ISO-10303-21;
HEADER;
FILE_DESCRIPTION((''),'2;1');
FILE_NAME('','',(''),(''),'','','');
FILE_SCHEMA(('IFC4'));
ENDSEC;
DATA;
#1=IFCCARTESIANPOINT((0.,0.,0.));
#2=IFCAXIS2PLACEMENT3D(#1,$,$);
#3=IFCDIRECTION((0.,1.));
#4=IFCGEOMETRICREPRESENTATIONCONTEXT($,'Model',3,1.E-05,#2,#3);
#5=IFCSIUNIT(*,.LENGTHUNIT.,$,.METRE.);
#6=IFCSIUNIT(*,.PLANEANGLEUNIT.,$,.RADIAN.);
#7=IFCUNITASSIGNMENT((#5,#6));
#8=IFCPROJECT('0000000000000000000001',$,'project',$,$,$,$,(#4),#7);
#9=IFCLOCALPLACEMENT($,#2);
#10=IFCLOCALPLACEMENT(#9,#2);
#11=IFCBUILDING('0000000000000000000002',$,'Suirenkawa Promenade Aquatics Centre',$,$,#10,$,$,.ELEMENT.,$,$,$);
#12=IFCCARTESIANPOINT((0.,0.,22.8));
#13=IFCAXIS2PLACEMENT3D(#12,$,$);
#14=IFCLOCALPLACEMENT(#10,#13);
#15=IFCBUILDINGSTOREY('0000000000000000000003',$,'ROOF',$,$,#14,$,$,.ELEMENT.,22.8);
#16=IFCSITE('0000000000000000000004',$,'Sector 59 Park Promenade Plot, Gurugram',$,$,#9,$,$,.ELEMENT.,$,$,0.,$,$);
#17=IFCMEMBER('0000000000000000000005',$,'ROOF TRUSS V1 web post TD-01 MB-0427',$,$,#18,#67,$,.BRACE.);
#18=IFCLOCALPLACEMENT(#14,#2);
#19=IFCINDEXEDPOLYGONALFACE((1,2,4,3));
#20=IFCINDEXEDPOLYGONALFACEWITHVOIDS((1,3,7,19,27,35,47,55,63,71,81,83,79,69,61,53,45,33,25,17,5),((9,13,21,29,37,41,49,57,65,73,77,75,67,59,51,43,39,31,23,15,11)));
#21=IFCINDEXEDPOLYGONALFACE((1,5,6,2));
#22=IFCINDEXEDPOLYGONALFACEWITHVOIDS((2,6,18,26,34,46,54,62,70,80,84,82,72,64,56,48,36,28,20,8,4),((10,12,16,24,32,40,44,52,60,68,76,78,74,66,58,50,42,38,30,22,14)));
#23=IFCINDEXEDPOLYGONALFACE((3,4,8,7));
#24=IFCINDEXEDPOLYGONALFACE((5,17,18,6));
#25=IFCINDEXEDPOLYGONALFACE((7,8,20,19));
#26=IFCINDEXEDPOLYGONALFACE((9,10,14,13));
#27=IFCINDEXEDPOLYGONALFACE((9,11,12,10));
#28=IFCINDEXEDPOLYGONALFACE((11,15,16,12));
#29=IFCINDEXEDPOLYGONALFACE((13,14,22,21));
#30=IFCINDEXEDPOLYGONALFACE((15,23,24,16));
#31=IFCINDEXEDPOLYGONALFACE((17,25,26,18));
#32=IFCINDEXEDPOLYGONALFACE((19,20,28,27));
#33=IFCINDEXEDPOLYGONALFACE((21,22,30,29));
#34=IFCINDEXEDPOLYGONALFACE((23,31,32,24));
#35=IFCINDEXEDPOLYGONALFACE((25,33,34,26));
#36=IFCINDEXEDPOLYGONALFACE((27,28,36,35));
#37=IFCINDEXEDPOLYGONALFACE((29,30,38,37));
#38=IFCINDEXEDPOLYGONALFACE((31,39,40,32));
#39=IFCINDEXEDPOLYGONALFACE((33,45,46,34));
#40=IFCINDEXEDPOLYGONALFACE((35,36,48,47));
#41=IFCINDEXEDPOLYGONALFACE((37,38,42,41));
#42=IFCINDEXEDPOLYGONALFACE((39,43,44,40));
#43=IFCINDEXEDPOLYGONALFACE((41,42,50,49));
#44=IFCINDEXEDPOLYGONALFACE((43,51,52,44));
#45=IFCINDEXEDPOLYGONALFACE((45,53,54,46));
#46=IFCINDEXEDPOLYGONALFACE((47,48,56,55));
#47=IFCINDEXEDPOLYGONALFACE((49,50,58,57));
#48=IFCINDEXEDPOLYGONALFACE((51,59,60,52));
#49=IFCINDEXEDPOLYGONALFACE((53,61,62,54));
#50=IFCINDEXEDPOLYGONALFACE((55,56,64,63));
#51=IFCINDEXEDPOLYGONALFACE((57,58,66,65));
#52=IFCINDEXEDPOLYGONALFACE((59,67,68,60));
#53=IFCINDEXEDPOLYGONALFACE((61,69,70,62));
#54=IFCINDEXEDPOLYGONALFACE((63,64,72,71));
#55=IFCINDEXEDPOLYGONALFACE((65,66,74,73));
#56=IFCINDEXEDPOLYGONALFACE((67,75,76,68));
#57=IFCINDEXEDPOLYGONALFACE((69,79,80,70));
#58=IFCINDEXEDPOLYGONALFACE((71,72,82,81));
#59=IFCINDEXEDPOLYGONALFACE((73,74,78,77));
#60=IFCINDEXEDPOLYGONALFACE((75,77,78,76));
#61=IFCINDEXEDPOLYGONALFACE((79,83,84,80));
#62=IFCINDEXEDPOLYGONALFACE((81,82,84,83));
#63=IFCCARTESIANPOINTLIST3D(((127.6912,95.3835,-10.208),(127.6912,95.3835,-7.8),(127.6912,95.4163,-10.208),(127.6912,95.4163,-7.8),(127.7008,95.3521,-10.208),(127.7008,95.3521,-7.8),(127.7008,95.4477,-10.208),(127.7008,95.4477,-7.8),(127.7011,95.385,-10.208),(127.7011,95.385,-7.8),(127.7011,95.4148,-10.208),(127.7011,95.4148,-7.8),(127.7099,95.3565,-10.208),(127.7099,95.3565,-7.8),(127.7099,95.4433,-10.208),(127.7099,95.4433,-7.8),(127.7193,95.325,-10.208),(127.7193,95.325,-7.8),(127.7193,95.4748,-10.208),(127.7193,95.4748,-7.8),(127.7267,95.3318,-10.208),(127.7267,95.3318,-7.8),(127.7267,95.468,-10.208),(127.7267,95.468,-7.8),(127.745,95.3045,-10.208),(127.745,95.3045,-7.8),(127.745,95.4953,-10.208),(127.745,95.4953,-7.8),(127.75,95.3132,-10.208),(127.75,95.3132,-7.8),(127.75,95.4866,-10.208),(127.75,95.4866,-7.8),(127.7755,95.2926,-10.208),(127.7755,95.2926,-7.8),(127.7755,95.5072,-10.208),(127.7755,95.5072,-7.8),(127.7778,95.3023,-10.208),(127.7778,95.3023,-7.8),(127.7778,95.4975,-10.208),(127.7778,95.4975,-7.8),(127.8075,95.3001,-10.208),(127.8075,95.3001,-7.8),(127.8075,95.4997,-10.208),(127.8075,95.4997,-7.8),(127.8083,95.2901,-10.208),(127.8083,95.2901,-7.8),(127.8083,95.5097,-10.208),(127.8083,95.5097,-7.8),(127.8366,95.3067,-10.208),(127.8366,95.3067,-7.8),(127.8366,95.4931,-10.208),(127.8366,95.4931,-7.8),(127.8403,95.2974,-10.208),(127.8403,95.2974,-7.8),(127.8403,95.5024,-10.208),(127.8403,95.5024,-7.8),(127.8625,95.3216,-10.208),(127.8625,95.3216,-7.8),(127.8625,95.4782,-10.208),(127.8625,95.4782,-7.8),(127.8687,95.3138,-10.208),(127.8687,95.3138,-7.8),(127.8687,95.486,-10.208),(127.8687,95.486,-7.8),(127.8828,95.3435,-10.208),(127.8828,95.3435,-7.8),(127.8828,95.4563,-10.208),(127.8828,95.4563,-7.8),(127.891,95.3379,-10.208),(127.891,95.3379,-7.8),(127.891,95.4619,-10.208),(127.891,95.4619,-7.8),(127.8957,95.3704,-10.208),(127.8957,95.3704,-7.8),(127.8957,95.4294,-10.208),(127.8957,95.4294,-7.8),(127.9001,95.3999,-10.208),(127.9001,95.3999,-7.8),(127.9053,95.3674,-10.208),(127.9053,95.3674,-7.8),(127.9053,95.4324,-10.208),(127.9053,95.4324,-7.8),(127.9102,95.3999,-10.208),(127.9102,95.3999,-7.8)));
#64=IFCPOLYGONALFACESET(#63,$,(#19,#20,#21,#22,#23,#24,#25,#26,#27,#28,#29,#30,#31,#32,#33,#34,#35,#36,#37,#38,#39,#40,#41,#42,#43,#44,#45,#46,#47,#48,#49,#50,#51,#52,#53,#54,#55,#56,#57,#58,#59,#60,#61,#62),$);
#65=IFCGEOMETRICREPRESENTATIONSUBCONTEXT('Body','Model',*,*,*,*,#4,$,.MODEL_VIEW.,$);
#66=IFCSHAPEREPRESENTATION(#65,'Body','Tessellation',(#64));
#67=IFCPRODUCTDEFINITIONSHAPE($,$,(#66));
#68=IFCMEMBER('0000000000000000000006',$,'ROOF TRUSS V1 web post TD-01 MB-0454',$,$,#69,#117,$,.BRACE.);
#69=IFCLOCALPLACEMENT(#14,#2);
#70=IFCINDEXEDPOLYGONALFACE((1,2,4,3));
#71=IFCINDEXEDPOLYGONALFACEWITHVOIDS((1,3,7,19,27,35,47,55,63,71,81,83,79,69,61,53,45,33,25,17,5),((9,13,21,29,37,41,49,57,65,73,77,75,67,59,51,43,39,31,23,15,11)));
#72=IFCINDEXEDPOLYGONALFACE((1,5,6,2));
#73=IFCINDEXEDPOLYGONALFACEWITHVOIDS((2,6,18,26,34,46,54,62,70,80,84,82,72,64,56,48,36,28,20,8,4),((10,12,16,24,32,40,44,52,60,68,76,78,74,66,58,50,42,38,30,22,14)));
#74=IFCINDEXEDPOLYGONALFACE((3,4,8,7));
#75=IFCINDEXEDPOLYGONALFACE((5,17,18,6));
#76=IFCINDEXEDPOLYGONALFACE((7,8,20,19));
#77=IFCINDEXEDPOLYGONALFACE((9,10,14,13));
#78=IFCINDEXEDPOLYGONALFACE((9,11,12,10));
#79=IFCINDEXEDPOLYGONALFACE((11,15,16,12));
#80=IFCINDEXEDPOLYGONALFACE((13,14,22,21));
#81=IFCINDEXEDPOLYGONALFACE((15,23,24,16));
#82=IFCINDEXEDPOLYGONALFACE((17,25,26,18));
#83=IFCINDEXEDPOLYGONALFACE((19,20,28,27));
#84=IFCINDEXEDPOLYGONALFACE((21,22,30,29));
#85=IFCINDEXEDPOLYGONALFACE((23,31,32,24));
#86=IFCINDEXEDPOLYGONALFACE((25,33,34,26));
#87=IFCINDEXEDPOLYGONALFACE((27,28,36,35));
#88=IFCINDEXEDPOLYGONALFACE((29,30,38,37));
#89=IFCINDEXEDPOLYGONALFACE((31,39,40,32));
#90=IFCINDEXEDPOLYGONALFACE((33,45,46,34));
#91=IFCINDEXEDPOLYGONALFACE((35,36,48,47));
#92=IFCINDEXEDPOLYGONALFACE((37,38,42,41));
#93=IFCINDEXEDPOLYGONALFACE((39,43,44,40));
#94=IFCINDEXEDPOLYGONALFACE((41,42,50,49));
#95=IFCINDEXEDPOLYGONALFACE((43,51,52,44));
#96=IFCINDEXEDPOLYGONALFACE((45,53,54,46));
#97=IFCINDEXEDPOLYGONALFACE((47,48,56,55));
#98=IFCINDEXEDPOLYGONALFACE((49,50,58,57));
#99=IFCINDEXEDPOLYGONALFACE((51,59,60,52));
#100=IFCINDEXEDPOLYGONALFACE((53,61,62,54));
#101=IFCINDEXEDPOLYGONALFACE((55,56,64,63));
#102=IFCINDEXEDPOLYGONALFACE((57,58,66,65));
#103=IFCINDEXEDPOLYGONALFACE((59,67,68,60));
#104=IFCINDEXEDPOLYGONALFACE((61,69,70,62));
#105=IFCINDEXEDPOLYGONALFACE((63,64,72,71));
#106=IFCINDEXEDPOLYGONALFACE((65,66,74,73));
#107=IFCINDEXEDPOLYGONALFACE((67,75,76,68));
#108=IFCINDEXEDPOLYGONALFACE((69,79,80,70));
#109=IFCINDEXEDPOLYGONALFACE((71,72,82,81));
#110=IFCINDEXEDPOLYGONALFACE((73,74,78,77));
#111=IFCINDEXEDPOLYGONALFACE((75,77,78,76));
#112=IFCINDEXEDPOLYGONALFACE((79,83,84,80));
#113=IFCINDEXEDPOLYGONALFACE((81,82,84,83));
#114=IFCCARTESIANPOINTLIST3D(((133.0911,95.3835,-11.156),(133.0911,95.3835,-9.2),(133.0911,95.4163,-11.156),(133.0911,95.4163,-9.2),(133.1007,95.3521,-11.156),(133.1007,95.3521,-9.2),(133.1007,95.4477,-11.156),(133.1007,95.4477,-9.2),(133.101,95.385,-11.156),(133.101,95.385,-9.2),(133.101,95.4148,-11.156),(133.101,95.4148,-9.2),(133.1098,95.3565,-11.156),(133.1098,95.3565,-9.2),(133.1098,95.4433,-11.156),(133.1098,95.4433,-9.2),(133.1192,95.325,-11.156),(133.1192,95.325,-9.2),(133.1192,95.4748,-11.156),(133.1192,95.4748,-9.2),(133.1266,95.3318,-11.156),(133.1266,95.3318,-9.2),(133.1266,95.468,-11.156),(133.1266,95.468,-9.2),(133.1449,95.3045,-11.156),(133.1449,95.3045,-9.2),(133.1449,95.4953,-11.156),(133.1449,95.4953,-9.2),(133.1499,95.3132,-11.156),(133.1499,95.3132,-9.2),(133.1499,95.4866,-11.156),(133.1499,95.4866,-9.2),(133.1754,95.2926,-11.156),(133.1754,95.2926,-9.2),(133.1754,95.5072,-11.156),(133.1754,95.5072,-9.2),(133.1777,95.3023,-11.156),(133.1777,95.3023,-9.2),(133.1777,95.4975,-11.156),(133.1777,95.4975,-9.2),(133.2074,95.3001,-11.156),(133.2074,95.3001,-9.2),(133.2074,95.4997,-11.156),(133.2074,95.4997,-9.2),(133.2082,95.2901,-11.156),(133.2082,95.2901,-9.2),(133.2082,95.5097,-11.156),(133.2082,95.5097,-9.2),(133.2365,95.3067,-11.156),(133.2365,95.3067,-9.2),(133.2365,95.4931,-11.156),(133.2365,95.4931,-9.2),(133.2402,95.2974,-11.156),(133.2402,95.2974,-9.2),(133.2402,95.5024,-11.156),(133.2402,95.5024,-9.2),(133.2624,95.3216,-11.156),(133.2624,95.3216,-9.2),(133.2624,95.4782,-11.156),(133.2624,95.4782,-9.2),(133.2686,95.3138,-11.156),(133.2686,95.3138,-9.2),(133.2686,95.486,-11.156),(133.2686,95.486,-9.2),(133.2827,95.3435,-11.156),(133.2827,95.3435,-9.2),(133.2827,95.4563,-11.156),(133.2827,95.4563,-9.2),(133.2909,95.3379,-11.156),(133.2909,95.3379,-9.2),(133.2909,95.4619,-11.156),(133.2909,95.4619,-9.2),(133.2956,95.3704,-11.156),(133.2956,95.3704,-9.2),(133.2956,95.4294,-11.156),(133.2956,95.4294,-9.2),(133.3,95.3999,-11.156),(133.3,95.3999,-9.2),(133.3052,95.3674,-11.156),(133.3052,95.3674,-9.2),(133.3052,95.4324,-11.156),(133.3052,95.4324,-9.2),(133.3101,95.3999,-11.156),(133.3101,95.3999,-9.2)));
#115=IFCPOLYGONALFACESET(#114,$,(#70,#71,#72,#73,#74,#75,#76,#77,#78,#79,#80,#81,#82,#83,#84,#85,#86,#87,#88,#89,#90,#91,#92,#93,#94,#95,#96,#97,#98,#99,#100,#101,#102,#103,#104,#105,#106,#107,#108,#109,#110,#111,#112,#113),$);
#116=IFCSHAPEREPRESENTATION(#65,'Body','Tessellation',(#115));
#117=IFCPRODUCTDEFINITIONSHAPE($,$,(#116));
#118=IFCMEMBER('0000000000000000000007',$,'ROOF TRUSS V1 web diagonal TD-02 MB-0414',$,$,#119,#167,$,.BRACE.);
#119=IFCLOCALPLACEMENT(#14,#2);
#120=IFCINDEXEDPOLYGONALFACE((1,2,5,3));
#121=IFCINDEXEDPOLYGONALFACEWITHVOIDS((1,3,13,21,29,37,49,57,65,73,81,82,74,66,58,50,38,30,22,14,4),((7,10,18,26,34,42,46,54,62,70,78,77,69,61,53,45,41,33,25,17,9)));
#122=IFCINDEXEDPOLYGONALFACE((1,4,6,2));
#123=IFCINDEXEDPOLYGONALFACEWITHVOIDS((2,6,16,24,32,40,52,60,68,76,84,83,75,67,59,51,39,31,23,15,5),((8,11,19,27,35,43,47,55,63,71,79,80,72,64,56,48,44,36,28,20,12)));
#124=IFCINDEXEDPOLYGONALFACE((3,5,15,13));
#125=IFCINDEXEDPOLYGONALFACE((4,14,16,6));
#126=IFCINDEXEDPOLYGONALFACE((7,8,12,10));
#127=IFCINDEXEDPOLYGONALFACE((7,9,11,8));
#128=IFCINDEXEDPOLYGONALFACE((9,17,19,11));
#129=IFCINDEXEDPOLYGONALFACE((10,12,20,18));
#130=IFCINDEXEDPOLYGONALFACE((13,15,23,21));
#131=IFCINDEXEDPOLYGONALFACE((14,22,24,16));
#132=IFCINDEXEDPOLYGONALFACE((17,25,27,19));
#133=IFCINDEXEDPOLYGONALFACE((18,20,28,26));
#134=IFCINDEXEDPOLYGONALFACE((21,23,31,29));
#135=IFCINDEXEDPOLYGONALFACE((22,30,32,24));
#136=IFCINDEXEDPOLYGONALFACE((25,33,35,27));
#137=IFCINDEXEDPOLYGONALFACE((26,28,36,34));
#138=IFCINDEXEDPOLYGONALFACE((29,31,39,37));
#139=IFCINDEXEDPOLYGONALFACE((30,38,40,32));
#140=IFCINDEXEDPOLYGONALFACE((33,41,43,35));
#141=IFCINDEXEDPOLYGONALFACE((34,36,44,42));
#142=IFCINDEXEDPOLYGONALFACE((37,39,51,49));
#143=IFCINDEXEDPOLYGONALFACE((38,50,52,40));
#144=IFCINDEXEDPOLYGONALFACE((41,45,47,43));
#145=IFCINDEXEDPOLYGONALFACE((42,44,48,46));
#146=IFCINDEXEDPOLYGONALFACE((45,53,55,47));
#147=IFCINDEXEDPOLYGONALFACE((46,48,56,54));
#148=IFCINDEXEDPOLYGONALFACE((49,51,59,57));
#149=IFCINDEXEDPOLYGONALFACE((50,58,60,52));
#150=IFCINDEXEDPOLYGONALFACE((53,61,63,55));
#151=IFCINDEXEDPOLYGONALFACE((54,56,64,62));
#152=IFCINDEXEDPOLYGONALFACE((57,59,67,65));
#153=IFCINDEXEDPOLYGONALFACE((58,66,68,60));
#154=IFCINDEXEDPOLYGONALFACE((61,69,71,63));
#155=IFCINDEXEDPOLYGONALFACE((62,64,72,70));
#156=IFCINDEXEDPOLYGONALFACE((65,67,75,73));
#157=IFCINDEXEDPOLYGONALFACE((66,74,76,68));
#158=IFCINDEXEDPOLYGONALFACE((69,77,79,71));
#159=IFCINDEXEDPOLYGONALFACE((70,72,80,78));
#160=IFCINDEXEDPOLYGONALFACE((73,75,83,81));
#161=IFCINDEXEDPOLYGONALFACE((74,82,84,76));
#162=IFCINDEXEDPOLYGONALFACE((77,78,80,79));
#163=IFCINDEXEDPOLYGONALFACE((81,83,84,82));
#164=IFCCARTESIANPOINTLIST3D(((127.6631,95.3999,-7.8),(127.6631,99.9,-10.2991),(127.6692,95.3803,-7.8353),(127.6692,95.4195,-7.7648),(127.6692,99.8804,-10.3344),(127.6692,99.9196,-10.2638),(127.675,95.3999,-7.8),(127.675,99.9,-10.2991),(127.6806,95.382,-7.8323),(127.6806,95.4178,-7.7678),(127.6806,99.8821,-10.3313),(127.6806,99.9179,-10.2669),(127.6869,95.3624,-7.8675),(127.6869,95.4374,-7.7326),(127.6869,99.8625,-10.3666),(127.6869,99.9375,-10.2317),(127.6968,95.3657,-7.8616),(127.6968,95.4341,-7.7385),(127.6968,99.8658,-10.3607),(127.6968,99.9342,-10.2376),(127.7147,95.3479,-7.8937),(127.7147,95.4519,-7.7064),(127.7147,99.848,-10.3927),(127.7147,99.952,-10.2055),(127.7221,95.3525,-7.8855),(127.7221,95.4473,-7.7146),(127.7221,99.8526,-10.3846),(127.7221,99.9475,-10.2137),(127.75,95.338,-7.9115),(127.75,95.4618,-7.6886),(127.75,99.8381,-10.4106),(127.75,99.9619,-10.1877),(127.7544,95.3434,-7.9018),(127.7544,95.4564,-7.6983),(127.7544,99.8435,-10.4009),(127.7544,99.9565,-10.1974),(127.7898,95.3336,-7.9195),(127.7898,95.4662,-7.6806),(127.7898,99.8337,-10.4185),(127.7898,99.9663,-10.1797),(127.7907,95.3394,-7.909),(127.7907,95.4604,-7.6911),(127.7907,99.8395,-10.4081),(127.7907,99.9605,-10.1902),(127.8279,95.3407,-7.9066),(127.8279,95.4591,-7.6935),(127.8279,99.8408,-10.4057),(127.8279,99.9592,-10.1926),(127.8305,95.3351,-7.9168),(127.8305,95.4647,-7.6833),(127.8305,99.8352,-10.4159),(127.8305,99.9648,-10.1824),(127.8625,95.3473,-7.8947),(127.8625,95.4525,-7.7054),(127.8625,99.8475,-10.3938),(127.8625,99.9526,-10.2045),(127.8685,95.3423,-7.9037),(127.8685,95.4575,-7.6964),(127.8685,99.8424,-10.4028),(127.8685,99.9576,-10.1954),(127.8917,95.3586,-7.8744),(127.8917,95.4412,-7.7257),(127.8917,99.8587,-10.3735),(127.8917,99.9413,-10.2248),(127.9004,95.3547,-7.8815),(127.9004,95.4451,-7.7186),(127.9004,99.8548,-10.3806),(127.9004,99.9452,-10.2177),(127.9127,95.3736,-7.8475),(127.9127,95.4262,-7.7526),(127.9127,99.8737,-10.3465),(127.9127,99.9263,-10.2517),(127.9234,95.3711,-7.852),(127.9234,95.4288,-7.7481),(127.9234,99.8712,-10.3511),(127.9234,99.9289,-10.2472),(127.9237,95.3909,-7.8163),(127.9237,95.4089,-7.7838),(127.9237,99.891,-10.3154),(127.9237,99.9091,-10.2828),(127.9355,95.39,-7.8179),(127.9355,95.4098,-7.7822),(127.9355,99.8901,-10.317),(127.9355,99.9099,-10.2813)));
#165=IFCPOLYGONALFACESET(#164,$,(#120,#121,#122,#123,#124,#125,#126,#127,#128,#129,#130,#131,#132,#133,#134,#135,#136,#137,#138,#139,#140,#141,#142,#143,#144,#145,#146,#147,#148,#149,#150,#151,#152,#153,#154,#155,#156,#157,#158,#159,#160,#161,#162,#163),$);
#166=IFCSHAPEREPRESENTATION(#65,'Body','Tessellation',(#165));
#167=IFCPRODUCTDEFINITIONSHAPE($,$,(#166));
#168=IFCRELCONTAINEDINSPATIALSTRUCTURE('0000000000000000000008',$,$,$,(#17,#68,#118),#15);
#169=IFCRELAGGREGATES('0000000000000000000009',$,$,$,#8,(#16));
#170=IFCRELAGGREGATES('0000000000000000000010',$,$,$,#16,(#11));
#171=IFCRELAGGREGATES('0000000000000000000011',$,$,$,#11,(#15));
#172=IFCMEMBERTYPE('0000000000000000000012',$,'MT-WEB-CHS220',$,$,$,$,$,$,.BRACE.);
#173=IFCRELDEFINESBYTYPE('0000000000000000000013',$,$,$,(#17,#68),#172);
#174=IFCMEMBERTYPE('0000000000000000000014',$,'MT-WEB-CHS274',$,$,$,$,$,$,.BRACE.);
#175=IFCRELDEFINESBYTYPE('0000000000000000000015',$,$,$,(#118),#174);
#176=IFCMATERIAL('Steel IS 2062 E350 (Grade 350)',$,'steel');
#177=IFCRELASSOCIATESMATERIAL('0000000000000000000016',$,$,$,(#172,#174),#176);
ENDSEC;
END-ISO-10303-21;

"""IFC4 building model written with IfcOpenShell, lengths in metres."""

from ifc_helpers import new_model, si_unit, direction, frame, origin, origin_2d, place, context, subcontext, project, spatial, hollow_circle, extrude, material, material_profile, profile_set, type_object, element, save


model = new_model("IFC4")

# Units and contexts
model_context = context("Model", 3, precision=1e-05, world=origin(), true_north=direction((0.0, 1.0)))
body_context = subcontext(model_context, "Body", "Model", "MODEL_VIEW")
ifc_project = project(units=[si_unit("LENGTHUNIT", "METRE"), si_unit("PLANEANGLEUNIT", "RADIAN")], contexts=[model_context])

# Site, building, storey
site_placement = place(None, origin())
site = spatial("IfcSite", under=ifc_project, at=site_placement, Name="Sector 59 Park Promenade Plot, Gurugram", CompositionType="ELEMENT", RefElevation=0.0)
building_placement = place(site_placement, origin())
building = spatial("IfcBuilding", under=site, at=building_placement, Name="Suirenkawa Promenade Aquatics Centre", CompositionType="ELEMENT")
storey_placement = place(building_placement, frame((0.0, 0.0, 22.8)))
storey = spatial("IfcBuildingStorey", under=building, at=storey_placement, Name="ROOF", CompositionType="ELEMENT", Elevation=22.8)

# Shared definitions
ifc_material_1 = material(Name="Steel IS 2062 E350 (Grade 350)", Category="steel")

# Members
ifc_material_profile_1 = material_profile(ifc_material_1, hollow_circle(Radius=0.1101, WallThickness=0.01, at=origin_2d()), Name="CHS 220x10", Category="steel")
ifc_profile_set_1 = profile_set([ifc_material_profile_1], Name="Steel IS 2062 E350 (Grade 350)")
member_type_1 = type_object("IfcMemberType", Name="MT-WEB-CHS220", PredefinedType="BRACE", material=ifc_profile_set_1)
member_1_placement = place(storey_placement, frame((127.8, 95.3999, -10.208), z_axis=(0.0, 0.0, 1.0), x_axis=(1.0, 0.0, 0.0)))
element("IfcMember", 1, at=member_1_placement, inside=storey, type_object=member_type_1, Name="ROOF TRUSS V1 web post TD-01 MB-0427", PredefinedType="BRACE", context=body_context, shape_type="SweptSolid", body=[
    extrude(hollow_circle(Radius=0.1101, WallThickness=0.01, at=origin_2d()), origin(), (0.0, 0.0, 1.0), 2.408),
])
member_2_placement = place(storey_placement, frame((133.2, 95.3999, -11.156), z_axis=(0.0, 0.0, 1.0), x_axis=(1.0, 0.0, 0.0)))
element("IfcMember", 2, at=member_2_placement, inside=storey, type_object=member_type_1, Name="ROOF TRUSS V1 web post TD-01 MB-0454", PredefinedType="BRACE", context=body_context, shape_type="SweptSolid", body=[
    extrude(hollow_circle(Radius=0.1101, WallThickness=0.01, at=origin_2d()), origin(), (0.0, 0.0, 1.0), 1.9561),
])
ifc_material_profile_2 = material_profile(ifc_material_1, hollow_circle(Radius=0.137, WallThickness=0.012, at=origin_2d()), Name="CHS 274x12", Category="steel")
ifc_profile_set_2 = profile_set([ifc_material_profile_2], Name="Steel IS 2062 E350 (Grade 350)")
member_type_2 = type_object("IfcMemberType", Name="MT-WEB-CHS274", PredefinedType="BRACE", material=ifc_profile_set_2)
member_3_placement = place(storey_placement, frame((127.8, 95.3999, -7.8), z_axis=(0.0, 0.874238, -0.485498), x_axis=(-1.0, 0.0, 0.0)))
element("IfcMember", 3, at=member_3_placement, inside=storey, type_object=member_type_2, Name="ROOF TRUSS V1 web diagonal TD-02 MB-0414", PredefinedType="BRACE", context=body_context, shape_type="SweptSolid", body=[
    extrude(hollow_circle(Radius=0.137, WallThickness=0.012, at=origin_2d()), origin(), (0.0, 0.0, 1.0), 5.1475),
])

save(model, "model.ifc")
